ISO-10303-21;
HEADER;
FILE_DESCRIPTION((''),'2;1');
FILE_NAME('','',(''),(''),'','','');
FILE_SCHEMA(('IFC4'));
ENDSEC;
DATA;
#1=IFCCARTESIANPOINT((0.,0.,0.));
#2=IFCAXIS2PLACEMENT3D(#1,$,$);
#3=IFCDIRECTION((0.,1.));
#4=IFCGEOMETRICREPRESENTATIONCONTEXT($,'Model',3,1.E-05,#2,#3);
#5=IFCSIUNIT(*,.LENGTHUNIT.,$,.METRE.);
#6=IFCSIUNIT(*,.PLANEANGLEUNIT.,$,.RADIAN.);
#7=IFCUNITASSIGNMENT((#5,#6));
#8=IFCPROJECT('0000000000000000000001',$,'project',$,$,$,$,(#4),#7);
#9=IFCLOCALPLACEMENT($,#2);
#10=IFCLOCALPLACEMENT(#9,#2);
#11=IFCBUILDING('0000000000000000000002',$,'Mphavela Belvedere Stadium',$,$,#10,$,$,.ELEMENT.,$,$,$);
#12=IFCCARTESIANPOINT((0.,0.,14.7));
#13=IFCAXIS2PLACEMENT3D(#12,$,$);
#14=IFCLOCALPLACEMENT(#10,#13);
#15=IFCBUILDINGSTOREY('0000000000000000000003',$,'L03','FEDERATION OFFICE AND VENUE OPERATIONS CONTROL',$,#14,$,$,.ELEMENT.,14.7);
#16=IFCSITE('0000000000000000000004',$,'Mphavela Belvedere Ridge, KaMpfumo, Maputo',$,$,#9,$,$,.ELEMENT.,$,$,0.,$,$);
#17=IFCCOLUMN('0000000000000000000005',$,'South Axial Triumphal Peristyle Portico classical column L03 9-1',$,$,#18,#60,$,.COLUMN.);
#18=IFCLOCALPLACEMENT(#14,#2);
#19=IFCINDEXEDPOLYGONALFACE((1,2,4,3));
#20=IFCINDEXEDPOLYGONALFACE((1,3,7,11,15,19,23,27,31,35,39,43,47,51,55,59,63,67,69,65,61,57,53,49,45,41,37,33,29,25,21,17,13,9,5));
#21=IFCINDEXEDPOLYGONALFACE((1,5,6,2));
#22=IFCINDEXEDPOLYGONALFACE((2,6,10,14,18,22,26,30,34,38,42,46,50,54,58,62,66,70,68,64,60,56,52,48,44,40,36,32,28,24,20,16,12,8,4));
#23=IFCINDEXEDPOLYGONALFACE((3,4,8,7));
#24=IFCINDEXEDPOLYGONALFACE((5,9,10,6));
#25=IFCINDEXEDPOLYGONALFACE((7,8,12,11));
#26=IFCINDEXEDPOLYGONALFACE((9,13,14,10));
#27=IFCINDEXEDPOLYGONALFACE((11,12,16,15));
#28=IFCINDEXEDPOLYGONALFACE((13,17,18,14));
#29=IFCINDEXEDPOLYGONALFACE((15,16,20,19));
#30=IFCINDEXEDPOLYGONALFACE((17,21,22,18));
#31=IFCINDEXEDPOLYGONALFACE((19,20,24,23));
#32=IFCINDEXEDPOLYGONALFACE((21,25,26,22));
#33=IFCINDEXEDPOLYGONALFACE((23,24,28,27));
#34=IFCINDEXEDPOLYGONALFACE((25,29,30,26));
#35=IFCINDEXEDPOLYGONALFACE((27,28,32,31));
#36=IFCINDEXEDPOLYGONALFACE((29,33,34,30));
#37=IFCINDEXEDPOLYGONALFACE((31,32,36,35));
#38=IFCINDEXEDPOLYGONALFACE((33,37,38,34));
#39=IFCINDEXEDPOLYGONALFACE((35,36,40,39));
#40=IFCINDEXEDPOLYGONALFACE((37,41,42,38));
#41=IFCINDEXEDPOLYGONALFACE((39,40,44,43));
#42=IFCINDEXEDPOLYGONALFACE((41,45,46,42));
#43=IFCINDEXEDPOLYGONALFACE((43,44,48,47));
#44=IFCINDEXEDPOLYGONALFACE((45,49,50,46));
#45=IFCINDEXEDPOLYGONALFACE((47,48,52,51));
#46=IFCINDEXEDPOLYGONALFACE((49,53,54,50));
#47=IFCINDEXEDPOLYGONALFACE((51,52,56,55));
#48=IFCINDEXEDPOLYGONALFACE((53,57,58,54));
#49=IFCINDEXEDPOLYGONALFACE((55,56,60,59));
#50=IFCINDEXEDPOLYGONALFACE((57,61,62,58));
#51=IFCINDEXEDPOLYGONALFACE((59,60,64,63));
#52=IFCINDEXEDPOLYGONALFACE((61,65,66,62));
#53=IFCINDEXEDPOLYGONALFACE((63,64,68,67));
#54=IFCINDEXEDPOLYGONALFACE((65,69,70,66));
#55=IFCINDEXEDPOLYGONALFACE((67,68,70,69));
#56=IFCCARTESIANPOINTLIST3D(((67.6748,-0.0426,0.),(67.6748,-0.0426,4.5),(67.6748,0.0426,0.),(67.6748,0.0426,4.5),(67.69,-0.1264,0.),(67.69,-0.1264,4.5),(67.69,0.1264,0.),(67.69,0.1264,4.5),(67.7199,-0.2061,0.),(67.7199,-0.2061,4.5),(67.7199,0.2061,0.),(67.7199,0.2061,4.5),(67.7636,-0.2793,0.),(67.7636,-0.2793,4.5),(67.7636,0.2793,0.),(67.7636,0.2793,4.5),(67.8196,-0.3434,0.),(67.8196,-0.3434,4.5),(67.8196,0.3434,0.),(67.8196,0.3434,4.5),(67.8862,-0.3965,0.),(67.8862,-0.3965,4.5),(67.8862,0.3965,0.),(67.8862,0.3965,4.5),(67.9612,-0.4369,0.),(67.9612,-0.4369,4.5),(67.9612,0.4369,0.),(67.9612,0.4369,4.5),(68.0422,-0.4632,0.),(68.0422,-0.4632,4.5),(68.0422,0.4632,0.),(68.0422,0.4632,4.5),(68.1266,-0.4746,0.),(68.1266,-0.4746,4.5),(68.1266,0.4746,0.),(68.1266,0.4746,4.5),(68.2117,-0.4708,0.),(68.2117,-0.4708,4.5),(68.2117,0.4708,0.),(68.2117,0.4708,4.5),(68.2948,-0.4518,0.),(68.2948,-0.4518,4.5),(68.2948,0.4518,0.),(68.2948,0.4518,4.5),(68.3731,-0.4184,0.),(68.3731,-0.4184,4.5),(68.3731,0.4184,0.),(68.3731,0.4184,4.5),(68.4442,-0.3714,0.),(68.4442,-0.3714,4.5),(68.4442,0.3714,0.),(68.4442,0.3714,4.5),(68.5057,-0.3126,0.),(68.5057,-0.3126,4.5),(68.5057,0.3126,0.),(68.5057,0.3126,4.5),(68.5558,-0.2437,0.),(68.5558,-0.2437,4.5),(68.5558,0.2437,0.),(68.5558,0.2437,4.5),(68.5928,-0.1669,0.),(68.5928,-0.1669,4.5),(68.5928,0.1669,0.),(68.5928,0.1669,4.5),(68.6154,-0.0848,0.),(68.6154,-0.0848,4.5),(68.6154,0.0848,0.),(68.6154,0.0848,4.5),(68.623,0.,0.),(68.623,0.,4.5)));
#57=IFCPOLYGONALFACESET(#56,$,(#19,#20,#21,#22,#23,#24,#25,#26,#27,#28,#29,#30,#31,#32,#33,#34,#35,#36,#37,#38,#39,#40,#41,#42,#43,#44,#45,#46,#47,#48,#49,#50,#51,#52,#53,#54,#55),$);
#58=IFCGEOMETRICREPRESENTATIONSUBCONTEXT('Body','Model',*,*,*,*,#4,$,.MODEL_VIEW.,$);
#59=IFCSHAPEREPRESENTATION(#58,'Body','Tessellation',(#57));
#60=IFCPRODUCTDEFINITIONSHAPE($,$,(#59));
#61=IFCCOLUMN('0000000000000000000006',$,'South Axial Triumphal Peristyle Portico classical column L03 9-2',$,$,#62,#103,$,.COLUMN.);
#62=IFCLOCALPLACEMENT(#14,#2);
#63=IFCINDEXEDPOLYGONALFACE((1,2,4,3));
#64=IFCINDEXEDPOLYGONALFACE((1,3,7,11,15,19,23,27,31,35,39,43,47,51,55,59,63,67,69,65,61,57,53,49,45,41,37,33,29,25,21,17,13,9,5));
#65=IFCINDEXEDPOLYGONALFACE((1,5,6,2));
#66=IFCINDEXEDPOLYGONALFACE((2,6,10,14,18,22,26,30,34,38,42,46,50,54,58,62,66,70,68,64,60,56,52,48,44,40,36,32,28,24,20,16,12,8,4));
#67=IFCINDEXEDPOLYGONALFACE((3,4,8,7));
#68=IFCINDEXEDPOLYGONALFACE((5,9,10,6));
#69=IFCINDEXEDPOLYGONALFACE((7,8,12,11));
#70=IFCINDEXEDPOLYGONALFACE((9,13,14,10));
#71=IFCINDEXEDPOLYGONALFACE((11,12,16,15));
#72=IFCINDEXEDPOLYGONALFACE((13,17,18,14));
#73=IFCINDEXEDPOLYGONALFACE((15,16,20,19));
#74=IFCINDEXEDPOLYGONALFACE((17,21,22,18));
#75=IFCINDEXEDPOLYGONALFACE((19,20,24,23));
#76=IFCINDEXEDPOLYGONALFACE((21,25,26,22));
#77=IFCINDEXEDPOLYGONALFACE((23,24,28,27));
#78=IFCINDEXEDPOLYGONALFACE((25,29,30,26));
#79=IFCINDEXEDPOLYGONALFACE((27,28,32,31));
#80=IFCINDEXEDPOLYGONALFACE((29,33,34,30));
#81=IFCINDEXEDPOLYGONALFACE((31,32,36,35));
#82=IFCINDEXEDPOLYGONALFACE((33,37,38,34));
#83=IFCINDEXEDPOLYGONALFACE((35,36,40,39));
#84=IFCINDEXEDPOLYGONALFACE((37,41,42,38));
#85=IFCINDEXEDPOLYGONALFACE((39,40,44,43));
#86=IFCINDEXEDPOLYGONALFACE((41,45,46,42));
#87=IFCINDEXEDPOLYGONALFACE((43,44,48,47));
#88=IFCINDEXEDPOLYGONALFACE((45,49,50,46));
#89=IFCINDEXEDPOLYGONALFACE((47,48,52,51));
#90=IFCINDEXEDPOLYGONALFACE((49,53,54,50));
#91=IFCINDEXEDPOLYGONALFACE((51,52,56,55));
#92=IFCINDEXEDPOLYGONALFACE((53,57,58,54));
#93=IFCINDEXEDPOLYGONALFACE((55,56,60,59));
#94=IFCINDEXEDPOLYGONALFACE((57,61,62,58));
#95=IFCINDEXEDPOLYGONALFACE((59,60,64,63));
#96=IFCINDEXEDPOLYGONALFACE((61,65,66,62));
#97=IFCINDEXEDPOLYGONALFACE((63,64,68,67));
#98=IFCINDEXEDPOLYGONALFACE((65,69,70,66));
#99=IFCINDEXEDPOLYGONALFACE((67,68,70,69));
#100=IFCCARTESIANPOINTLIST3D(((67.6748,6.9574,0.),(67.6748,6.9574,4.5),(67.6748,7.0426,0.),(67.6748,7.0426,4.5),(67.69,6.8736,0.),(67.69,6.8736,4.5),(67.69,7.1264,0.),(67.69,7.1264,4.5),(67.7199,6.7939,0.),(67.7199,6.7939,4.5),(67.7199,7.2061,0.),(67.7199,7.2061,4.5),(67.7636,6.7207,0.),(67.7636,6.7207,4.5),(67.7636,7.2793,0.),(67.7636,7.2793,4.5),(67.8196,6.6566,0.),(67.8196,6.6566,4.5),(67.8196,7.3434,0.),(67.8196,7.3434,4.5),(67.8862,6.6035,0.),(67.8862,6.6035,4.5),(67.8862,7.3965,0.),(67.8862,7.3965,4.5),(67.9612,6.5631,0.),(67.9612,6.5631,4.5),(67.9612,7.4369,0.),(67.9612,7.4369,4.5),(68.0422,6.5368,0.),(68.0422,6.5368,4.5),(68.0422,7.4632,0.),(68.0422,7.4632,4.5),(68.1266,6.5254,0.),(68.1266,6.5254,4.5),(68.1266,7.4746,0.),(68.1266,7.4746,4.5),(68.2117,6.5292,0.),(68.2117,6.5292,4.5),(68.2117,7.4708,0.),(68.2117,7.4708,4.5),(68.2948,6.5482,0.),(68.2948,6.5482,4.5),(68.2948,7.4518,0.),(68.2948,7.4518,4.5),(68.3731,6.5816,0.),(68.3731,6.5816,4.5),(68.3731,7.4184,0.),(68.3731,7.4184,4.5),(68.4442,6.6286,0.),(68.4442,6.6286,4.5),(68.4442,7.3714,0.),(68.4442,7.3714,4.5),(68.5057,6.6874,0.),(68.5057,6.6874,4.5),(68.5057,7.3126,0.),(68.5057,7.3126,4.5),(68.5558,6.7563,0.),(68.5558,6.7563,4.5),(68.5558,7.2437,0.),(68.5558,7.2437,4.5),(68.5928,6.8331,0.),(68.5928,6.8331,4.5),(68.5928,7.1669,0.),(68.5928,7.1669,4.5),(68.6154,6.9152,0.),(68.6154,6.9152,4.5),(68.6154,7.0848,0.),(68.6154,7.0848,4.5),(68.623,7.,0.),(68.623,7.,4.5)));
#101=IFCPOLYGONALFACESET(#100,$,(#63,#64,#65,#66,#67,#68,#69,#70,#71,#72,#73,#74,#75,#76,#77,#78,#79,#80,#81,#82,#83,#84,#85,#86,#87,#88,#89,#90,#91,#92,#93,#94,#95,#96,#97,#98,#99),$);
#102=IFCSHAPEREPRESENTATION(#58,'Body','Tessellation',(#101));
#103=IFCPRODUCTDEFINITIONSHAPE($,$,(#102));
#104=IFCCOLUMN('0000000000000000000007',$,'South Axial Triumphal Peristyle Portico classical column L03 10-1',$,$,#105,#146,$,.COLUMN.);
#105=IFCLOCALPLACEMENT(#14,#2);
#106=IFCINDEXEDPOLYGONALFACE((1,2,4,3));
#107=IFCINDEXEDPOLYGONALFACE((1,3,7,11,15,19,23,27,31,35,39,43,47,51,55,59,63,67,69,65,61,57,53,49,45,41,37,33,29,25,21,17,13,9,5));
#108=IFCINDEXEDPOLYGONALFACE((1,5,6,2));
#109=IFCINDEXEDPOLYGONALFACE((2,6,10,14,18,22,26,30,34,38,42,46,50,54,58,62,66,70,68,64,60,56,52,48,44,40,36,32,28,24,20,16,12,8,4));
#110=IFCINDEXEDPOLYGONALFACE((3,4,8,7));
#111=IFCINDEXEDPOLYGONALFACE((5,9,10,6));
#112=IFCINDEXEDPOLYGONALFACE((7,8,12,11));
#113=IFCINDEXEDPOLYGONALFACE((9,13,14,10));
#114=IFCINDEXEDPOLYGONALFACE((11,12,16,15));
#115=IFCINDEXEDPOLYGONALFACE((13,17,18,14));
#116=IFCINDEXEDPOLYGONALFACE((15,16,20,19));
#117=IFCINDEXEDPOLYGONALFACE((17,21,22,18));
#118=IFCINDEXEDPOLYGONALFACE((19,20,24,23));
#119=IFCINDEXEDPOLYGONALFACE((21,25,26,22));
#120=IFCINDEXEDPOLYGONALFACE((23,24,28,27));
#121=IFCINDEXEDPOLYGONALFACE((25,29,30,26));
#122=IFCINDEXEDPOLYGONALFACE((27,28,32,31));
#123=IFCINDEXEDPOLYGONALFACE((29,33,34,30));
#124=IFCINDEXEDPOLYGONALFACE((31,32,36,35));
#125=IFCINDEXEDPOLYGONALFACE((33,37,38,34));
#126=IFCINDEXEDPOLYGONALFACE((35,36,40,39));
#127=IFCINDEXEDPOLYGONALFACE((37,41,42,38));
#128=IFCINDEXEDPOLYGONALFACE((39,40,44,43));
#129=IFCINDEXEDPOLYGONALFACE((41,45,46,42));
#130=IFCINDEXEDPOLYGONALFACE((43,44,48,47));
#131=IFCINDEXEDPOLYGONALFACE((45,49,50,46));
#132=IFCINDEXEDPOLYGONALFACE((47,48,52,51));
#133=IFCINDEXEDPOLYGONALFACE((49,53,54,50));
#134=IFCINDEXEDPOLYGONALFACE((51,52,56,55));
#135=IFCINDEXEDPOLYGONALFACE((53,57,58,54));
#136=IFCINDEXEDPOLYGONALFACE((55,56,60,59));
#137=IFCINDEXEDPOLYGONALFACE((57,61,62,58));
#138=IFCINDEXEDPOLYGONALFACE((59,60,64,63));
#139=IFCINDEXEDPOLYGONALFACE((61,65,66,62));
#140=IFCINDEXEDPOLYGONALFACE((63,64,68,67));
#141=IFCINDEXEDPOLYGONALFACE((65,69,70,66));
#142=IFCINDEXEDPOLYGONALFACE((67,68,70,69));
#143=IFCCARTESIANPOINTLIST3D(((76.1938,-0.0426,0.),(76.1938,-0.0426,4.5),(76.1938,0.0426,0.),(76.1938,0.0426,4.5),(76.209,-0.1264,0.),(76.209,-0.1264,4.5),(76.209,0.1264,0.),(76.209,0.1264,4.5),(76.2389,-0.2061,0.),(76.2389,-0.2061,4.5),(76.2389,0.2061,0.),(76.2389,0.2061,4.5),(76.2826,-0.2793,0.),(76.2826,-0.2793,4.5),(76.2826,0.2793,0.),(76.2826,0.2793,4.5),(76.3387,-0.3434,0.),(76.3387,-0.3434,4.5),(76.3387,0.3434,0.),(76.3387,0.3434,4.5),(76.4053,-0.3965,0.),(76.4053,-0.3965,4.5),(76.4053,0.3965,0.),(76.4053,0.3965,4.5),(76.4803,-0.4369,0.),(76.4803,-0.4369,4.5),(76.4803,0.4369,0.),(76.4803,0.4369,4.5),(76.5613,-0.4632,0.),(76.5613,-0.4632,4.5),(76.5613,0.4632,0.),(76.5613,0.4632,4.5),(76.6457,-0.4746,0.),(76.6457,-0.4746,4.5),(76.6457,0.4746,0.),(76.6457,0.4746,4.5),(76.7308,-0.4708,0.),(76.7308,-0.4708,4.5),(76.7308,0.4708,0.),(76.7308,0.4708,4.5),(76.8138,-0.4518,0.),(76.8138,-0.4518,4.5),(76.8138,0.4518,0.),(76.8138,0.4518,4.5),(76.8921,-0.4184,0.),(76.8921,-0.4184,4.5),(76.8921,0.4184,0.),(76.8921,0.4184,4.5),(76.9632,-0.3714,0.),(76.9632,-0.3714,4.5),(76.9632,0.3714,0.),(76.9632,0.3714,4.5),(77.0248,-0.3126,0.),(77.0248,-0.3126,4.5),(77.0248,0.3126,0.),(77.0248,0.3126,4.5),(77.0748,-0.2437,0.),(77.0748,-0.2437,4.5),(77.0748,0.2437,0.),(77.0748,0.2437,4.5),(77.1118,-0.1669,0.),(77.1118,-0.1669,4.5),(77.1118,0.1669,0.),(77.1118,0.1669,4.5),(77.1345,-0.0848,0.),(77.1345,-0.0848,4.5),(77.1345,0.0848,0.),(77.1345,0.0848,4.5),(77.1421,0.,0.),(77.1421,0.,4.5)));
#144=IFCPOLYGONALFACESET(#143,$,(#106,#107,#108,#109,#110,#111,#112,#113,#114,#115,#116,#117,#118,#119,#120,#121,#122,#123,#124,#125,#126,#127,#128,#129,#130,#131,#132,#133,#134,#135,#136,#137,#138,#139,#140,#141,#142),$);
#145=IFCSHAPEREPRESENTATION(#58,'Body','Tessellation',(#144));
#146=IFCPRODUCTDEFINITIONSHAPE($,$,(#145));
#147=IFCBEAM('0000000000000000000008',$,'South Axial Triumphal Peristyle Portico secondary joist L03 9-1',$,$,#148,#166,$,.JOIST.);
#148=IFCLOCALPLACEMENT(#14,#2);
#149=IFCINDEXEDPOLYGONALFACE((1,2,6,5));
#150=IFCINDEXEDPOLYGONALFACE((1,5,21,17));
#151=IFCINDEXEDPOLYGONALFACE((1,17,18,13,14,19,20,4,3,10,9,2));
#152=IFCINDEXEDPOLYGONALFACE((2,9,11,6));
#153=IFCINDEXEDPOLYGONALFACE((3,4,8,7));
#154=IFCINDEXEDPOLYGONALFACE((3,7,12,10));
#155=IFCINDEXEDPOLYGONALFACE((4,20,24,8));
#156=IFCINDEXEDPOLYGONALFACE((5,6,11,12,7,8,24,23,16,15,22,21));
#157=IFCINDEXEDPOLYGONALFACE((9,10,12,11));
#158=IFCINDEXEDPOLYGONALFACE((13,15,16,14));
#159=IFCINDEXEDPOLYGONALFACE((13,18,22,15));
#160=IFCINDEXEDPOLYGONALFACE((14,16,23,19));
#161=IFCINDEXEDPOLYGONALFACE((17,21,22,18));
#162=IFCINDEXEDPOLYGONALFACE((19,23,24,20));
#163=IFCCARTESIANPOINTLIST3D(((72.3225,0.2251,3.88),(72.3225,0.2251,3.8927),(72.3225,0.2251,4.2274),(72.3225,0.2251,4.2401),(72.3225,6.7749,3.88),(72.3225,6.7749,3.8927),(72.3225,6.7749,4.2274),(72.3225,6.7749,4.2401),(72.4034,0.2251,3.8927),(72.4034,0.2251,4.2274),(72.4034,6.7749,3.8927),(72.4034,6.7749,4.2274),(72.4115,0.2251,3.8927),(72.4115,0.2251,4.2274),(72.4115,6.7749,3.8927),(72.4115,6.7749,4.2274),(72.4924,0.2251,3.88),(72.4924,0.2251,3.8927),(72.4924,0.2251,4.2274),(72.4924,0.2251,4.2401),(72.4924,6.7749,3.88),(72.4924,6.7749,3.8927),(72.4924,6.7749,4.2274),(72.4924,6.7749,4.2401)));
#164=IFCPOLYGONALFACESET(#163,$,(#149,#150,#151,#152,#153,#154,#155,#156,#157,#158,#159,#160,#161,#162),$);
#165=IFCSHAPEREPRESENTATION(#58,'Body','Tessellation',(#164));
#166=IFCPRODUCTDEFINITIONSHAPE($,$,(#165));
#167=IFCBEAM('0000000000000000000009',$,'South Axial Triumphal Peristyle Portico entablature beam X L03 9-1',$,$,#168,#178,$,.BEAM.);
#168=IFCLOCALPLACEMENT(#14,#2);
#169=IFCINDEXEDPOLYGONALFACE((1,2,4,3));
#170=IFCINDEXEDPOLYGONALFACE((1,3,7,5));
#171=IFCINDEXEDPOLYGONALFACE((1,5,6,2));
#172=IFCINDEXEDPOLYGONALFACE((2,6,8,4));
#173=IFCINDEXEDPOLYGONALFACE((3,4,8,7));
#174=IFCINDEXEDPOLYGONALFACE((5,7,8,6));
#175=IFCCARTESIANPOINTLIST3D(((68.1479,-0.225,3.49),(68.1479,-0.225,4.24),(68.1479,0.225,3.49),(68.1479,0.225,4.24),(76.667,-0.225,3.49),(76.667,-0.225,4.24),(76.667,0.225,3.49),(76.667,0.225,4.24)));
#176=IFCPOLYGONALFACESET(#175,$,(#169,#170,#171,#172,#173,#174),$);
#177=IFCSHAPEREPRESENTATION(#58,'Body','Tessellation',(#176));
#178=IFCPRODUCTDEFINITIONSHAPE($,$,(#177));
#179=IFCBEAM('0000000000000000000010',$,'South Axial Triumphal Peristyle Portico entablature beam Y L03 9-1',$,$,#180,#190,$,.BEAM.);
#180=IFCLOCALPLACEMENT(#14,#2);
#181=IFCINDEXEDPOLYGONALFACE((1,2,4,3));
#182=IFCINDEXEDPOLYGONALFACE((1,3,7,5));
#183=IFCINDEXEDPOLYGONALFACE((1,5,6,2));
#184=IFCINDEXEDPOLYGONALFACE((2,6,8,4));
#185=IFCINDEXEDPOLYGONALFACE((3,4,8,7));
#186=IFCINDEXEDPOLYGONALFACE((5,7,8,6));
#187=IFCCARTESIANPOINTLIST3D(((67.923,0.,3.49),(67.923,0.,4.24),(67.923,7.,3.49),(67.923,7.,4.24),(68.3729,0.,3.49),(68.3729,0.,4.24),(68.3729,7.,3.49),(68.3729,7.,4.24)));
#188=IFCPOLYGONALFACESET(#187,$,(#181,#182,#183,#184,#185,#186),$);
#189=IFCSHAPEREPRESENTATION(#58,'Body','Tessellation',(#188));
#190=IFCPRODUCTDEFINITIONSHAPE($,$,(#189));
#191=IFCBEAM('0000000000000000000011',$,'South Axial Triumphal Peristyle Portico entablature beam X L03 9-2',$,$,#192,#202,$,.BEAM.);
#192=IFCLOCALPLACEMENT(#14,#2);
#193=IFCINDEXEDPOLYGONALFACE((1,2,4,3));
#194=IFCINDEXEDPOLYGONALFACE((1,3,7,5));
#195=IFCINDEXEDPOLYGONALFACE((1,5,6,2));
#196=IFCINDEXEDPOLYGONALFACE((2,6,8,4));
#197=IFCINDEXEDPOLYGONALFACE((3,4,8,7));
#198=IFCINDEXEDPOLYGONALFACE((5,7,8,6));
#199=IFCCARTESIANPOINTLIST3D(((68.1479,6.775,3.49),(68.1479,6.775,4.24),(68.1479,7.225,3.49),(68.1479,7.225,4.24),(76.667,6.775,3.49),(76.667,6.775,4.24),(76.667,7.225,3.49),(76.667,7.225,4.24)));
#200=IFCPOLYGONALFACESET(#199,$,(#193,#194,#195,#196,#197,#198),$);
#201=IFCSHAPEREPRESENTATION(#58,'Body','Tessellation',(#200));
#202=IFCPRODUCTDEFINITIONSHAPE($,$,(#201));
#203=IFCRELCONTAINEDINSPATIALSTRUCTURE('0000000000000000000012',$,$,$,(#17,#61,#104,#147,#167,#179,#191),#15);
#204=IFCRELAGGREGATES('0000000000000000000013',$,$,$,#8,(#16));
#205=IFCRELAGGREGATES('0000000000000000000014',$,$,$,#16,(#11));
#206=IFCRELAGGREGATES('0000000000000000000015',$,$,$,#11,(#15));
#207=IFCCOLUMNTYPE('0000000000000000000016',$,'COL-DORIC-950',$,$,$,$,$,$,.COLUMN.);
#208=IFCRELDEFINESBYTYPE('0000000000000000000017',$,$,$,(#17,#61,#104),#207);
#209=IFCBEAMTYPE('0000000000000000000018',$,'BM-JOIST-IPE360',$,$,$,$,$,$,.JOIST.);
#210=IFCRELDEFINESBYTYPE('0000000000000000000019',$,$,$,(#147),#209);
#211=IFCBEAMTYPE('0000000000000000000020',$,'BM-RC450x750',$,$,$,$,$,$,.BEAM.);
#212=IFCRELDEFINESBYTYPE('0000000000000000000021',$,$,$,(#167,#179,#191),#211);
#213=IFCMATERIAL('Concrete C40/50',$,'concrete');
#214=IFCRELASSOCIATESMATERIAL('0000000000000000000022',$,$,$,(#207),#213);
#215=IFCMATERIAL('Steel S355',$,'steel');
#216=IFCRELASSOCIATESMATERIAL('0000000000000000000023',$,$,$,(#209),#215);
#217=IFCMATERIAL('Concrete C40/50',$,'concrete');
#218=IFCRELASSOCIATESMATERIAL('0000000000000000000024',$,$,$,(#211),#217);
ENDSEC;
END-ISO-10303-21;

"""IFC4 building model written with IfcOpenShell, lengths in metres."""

from ifc_helpers import new_model, si_unit, direction, frame, origin, origin_2d, place, context, subcontext, project, spatial, rectangle, circle, i_section, extrude, material, material_profile, profile_set, type_object, element, save


model = new_model("IFC4")

# Units and contexts
model_context = context("Model", 3, precision=1e-05, world=origin(), true_north=direction((0.0, 1.0)))
body_context = subcontext(model_context, "Body", "Model", "MODEL_VIEW")
ifc_project = project(units=[si_unit("LENGTHUNIT", "METRE"), si_unit("PLANEANGLEUNIT", "RADIAN")], contexts=[model_context])

# Site, building, storey
site_placement = place(None, origin())
site = spatial("IfcSite", under=ifc_project, at=site_placement, Name="Mphavela Belvedere Ridge, KaMpfumo, Maputo", CompositionType="ELEMENT", RefElevation=0.0)
building_placement = place(site_placement, origin())
building = spatial("IfcBuilding", under=site, at=building_placement, Name="Mphavela Belvedere Stadium", CompositionType="ELEMENT")
storey_placement = place(building_placement, frame((0.0, 0.0, 14.7)))
storey = spatial("IfcBuildingStorey", under=building, at=storey_placement, Name="L03", Description="FEDERATION OFFICE AND VENUE OPERATIONS CONTROL", CompositionType="ELEMENT", Elevation=14.7)

# Columns
ifc_material_1 = material(Name="Concrete C40/50", Category="concrete")
ifc_material_profile_1 = material_profile(ifc_material_1, circle(Radius=0.4751, at=origin_2d()), Name="COL D950")
ifc_profile_set_1 = profile_set([ifc_material_profile_1], Name="Concrete C40/50")
column_type = type_object("IfcColumnType", Name="COL-DORIC-950", PredefinedType="COLUMN", material=ifc_profile_set_1)
for number, where, z_axis, x_axis, name in (
    (1, (68.1479, 0.0, 0.0), (0.0, 0.0, 1.0), (1.0, 0.0, 0.0), "South Axial Triumphal Peristyle Portico classical column L03 9-1"),
    (2, (68.1479, 7.0, 0.0), (0.0, 0.0, 1.0), (1.0, 0.0, 0.0), "South Axial Triumphal Peristyle Portico classical column L03 9-2"),
    (3, (76.667, 0.0, 0.0), (0.0, 0.0, 1.0), (1.0, 0.0, 0.0), "South Axial Triumphal Peristyle Portico classical column L03 10-1"),
):
    element("IfcColumn", number, at=place(storey_placement, frame(where, z_axis=z_axis, x_axis=x_axis)), inside=storey, type_object=column_type, Name=name, PredefinedType="COLUMN", context=body_context, shape_type="SweptSolid", body=[
        extrude(circle(Radius=0.4751, at=origin_2d()), origin(), (0.0, 0.0, 1.0), 4.5),
    ])

# Beams
ifc_material_2 = material(Name="Steel S355", Category="steel")
ifc_material_profile_2 = material_profile(ifc_material_2, i_section(OverallWidth=0.1699, OverallDepth=0.3601, WebThickness=0.0081, FlangeThickness=0.0127, at=origin_2d()), Name="IPE 360")
ifc_profile_set_2 = profile_set([ifc_material_profile_2], Name="Steel S355")
beam_type_1 = type_object("IfcBeamType", Name="BM-JOIST-IPE360", PredefinedType="JOIST", material=ifc_profile_set_2)
beam_1_placement = place(storey_placement, frame((72.4075, 0.2251, 4.0601), z_axis=(0.0, 1.0, 0.0), x_axis=(-1.0, 0.0, 0.0)))
element("IfcBeam", 4, at=beam_1_placement, inside=storey, type_object=beam_type_1, Name="South Axial Triumphal Peristyle Portico secondary joist L03 9-1", PredefinedType="JOIST", context=body_context, shape_type="SweptSolid", body=[
    extrude(i_section(OverallWidth=0.1699, OverallDepth=0.3601, WebThickness=0.0081, FlangeThickness=0.0127, at=origin_2d()), origin(), (0.0, 0.0, 1.0), 6.5498),
])
ifc_material_3 = material(Name="Concrete C40/50", Category="concrete")
ifc_material_profile_3 = material_profile(ifc_material_3, rectangle(XDim=0.45, YDim=0.75, at=origin_2d()), Name="RC 450x750")
ifc_profile_set_3 = profile_set([ifc_material_profile_3], Name="Concrete C40/50")
beam_type_2 = type_object("IfcBeamType", Name="BM-RC450x750", PredefinedType="BEAM", material=ifc_profile_set_3)
beam_2_placement = place(storey_placement, frame((68.1479, 0.0, 3.865), z_axis=(1.0, 0.0, 0.0), x_axis=(0.0, 1.0, 0.0)))
element("IfcBeam", 5, at=beam_2_placement, inside=storey, type_object=beam_type_2, Name="South Axial Triumphal Peristyle Portico entablature beam X L03 9-1", PredefinedType="BEAM", context=body_context, shape_type="SweptSolid", body=[
    extrude(rectangle(XDim=0.45, YDim=0.75, at=origin_2d()), origin(), (0.0, 0.0, 1.0), 8.519),
])
beam_3_placement = place(storey_placement, frame((68.1479, 0.0, 3.865), z_axis=(0.0, 1.0, 0.0), x_axis=(-1.0, 0.0, 0.0)))
element("IfcBeam", 6, at=beam_3_placement, inside=storey, type_object=beam_type_2, Name="South Axial Triumphal Peristyle Portico entablature beam Y L03 9-1", PredefinedType="BEAM", context=body_context, shape_type="SweptSolid", body=[
    extrude(rectangle(XDim=0.45, YDim=0.75, at=origin_2d()), origin(), (0.0, 0.0, 1.0), 7.0),
])
beam_4_placement = place(storey_placement, frame((68.1479, 7.0, 3.865), z_axis=(1.0, 0.0, 0.0), x_axis=(0.0, 1.0, 0.0)))
element("IfcBeam", 7, at=beam_4_placement, inside=storey, type_object=beam_type_2, Name="South Axial Triumphal Peristyle Portico entablature beam X L03 9-2", PredefinedType="BEAM", context=body_context, shape_type="SweptSolid", body=[
    extrude(rectangle(XDim=0.45, YDim=0.75, at=origin_2d()), origin(), (0.0, 0.0, 1.0), 8.519),
])

save(model, "model.ifc")
